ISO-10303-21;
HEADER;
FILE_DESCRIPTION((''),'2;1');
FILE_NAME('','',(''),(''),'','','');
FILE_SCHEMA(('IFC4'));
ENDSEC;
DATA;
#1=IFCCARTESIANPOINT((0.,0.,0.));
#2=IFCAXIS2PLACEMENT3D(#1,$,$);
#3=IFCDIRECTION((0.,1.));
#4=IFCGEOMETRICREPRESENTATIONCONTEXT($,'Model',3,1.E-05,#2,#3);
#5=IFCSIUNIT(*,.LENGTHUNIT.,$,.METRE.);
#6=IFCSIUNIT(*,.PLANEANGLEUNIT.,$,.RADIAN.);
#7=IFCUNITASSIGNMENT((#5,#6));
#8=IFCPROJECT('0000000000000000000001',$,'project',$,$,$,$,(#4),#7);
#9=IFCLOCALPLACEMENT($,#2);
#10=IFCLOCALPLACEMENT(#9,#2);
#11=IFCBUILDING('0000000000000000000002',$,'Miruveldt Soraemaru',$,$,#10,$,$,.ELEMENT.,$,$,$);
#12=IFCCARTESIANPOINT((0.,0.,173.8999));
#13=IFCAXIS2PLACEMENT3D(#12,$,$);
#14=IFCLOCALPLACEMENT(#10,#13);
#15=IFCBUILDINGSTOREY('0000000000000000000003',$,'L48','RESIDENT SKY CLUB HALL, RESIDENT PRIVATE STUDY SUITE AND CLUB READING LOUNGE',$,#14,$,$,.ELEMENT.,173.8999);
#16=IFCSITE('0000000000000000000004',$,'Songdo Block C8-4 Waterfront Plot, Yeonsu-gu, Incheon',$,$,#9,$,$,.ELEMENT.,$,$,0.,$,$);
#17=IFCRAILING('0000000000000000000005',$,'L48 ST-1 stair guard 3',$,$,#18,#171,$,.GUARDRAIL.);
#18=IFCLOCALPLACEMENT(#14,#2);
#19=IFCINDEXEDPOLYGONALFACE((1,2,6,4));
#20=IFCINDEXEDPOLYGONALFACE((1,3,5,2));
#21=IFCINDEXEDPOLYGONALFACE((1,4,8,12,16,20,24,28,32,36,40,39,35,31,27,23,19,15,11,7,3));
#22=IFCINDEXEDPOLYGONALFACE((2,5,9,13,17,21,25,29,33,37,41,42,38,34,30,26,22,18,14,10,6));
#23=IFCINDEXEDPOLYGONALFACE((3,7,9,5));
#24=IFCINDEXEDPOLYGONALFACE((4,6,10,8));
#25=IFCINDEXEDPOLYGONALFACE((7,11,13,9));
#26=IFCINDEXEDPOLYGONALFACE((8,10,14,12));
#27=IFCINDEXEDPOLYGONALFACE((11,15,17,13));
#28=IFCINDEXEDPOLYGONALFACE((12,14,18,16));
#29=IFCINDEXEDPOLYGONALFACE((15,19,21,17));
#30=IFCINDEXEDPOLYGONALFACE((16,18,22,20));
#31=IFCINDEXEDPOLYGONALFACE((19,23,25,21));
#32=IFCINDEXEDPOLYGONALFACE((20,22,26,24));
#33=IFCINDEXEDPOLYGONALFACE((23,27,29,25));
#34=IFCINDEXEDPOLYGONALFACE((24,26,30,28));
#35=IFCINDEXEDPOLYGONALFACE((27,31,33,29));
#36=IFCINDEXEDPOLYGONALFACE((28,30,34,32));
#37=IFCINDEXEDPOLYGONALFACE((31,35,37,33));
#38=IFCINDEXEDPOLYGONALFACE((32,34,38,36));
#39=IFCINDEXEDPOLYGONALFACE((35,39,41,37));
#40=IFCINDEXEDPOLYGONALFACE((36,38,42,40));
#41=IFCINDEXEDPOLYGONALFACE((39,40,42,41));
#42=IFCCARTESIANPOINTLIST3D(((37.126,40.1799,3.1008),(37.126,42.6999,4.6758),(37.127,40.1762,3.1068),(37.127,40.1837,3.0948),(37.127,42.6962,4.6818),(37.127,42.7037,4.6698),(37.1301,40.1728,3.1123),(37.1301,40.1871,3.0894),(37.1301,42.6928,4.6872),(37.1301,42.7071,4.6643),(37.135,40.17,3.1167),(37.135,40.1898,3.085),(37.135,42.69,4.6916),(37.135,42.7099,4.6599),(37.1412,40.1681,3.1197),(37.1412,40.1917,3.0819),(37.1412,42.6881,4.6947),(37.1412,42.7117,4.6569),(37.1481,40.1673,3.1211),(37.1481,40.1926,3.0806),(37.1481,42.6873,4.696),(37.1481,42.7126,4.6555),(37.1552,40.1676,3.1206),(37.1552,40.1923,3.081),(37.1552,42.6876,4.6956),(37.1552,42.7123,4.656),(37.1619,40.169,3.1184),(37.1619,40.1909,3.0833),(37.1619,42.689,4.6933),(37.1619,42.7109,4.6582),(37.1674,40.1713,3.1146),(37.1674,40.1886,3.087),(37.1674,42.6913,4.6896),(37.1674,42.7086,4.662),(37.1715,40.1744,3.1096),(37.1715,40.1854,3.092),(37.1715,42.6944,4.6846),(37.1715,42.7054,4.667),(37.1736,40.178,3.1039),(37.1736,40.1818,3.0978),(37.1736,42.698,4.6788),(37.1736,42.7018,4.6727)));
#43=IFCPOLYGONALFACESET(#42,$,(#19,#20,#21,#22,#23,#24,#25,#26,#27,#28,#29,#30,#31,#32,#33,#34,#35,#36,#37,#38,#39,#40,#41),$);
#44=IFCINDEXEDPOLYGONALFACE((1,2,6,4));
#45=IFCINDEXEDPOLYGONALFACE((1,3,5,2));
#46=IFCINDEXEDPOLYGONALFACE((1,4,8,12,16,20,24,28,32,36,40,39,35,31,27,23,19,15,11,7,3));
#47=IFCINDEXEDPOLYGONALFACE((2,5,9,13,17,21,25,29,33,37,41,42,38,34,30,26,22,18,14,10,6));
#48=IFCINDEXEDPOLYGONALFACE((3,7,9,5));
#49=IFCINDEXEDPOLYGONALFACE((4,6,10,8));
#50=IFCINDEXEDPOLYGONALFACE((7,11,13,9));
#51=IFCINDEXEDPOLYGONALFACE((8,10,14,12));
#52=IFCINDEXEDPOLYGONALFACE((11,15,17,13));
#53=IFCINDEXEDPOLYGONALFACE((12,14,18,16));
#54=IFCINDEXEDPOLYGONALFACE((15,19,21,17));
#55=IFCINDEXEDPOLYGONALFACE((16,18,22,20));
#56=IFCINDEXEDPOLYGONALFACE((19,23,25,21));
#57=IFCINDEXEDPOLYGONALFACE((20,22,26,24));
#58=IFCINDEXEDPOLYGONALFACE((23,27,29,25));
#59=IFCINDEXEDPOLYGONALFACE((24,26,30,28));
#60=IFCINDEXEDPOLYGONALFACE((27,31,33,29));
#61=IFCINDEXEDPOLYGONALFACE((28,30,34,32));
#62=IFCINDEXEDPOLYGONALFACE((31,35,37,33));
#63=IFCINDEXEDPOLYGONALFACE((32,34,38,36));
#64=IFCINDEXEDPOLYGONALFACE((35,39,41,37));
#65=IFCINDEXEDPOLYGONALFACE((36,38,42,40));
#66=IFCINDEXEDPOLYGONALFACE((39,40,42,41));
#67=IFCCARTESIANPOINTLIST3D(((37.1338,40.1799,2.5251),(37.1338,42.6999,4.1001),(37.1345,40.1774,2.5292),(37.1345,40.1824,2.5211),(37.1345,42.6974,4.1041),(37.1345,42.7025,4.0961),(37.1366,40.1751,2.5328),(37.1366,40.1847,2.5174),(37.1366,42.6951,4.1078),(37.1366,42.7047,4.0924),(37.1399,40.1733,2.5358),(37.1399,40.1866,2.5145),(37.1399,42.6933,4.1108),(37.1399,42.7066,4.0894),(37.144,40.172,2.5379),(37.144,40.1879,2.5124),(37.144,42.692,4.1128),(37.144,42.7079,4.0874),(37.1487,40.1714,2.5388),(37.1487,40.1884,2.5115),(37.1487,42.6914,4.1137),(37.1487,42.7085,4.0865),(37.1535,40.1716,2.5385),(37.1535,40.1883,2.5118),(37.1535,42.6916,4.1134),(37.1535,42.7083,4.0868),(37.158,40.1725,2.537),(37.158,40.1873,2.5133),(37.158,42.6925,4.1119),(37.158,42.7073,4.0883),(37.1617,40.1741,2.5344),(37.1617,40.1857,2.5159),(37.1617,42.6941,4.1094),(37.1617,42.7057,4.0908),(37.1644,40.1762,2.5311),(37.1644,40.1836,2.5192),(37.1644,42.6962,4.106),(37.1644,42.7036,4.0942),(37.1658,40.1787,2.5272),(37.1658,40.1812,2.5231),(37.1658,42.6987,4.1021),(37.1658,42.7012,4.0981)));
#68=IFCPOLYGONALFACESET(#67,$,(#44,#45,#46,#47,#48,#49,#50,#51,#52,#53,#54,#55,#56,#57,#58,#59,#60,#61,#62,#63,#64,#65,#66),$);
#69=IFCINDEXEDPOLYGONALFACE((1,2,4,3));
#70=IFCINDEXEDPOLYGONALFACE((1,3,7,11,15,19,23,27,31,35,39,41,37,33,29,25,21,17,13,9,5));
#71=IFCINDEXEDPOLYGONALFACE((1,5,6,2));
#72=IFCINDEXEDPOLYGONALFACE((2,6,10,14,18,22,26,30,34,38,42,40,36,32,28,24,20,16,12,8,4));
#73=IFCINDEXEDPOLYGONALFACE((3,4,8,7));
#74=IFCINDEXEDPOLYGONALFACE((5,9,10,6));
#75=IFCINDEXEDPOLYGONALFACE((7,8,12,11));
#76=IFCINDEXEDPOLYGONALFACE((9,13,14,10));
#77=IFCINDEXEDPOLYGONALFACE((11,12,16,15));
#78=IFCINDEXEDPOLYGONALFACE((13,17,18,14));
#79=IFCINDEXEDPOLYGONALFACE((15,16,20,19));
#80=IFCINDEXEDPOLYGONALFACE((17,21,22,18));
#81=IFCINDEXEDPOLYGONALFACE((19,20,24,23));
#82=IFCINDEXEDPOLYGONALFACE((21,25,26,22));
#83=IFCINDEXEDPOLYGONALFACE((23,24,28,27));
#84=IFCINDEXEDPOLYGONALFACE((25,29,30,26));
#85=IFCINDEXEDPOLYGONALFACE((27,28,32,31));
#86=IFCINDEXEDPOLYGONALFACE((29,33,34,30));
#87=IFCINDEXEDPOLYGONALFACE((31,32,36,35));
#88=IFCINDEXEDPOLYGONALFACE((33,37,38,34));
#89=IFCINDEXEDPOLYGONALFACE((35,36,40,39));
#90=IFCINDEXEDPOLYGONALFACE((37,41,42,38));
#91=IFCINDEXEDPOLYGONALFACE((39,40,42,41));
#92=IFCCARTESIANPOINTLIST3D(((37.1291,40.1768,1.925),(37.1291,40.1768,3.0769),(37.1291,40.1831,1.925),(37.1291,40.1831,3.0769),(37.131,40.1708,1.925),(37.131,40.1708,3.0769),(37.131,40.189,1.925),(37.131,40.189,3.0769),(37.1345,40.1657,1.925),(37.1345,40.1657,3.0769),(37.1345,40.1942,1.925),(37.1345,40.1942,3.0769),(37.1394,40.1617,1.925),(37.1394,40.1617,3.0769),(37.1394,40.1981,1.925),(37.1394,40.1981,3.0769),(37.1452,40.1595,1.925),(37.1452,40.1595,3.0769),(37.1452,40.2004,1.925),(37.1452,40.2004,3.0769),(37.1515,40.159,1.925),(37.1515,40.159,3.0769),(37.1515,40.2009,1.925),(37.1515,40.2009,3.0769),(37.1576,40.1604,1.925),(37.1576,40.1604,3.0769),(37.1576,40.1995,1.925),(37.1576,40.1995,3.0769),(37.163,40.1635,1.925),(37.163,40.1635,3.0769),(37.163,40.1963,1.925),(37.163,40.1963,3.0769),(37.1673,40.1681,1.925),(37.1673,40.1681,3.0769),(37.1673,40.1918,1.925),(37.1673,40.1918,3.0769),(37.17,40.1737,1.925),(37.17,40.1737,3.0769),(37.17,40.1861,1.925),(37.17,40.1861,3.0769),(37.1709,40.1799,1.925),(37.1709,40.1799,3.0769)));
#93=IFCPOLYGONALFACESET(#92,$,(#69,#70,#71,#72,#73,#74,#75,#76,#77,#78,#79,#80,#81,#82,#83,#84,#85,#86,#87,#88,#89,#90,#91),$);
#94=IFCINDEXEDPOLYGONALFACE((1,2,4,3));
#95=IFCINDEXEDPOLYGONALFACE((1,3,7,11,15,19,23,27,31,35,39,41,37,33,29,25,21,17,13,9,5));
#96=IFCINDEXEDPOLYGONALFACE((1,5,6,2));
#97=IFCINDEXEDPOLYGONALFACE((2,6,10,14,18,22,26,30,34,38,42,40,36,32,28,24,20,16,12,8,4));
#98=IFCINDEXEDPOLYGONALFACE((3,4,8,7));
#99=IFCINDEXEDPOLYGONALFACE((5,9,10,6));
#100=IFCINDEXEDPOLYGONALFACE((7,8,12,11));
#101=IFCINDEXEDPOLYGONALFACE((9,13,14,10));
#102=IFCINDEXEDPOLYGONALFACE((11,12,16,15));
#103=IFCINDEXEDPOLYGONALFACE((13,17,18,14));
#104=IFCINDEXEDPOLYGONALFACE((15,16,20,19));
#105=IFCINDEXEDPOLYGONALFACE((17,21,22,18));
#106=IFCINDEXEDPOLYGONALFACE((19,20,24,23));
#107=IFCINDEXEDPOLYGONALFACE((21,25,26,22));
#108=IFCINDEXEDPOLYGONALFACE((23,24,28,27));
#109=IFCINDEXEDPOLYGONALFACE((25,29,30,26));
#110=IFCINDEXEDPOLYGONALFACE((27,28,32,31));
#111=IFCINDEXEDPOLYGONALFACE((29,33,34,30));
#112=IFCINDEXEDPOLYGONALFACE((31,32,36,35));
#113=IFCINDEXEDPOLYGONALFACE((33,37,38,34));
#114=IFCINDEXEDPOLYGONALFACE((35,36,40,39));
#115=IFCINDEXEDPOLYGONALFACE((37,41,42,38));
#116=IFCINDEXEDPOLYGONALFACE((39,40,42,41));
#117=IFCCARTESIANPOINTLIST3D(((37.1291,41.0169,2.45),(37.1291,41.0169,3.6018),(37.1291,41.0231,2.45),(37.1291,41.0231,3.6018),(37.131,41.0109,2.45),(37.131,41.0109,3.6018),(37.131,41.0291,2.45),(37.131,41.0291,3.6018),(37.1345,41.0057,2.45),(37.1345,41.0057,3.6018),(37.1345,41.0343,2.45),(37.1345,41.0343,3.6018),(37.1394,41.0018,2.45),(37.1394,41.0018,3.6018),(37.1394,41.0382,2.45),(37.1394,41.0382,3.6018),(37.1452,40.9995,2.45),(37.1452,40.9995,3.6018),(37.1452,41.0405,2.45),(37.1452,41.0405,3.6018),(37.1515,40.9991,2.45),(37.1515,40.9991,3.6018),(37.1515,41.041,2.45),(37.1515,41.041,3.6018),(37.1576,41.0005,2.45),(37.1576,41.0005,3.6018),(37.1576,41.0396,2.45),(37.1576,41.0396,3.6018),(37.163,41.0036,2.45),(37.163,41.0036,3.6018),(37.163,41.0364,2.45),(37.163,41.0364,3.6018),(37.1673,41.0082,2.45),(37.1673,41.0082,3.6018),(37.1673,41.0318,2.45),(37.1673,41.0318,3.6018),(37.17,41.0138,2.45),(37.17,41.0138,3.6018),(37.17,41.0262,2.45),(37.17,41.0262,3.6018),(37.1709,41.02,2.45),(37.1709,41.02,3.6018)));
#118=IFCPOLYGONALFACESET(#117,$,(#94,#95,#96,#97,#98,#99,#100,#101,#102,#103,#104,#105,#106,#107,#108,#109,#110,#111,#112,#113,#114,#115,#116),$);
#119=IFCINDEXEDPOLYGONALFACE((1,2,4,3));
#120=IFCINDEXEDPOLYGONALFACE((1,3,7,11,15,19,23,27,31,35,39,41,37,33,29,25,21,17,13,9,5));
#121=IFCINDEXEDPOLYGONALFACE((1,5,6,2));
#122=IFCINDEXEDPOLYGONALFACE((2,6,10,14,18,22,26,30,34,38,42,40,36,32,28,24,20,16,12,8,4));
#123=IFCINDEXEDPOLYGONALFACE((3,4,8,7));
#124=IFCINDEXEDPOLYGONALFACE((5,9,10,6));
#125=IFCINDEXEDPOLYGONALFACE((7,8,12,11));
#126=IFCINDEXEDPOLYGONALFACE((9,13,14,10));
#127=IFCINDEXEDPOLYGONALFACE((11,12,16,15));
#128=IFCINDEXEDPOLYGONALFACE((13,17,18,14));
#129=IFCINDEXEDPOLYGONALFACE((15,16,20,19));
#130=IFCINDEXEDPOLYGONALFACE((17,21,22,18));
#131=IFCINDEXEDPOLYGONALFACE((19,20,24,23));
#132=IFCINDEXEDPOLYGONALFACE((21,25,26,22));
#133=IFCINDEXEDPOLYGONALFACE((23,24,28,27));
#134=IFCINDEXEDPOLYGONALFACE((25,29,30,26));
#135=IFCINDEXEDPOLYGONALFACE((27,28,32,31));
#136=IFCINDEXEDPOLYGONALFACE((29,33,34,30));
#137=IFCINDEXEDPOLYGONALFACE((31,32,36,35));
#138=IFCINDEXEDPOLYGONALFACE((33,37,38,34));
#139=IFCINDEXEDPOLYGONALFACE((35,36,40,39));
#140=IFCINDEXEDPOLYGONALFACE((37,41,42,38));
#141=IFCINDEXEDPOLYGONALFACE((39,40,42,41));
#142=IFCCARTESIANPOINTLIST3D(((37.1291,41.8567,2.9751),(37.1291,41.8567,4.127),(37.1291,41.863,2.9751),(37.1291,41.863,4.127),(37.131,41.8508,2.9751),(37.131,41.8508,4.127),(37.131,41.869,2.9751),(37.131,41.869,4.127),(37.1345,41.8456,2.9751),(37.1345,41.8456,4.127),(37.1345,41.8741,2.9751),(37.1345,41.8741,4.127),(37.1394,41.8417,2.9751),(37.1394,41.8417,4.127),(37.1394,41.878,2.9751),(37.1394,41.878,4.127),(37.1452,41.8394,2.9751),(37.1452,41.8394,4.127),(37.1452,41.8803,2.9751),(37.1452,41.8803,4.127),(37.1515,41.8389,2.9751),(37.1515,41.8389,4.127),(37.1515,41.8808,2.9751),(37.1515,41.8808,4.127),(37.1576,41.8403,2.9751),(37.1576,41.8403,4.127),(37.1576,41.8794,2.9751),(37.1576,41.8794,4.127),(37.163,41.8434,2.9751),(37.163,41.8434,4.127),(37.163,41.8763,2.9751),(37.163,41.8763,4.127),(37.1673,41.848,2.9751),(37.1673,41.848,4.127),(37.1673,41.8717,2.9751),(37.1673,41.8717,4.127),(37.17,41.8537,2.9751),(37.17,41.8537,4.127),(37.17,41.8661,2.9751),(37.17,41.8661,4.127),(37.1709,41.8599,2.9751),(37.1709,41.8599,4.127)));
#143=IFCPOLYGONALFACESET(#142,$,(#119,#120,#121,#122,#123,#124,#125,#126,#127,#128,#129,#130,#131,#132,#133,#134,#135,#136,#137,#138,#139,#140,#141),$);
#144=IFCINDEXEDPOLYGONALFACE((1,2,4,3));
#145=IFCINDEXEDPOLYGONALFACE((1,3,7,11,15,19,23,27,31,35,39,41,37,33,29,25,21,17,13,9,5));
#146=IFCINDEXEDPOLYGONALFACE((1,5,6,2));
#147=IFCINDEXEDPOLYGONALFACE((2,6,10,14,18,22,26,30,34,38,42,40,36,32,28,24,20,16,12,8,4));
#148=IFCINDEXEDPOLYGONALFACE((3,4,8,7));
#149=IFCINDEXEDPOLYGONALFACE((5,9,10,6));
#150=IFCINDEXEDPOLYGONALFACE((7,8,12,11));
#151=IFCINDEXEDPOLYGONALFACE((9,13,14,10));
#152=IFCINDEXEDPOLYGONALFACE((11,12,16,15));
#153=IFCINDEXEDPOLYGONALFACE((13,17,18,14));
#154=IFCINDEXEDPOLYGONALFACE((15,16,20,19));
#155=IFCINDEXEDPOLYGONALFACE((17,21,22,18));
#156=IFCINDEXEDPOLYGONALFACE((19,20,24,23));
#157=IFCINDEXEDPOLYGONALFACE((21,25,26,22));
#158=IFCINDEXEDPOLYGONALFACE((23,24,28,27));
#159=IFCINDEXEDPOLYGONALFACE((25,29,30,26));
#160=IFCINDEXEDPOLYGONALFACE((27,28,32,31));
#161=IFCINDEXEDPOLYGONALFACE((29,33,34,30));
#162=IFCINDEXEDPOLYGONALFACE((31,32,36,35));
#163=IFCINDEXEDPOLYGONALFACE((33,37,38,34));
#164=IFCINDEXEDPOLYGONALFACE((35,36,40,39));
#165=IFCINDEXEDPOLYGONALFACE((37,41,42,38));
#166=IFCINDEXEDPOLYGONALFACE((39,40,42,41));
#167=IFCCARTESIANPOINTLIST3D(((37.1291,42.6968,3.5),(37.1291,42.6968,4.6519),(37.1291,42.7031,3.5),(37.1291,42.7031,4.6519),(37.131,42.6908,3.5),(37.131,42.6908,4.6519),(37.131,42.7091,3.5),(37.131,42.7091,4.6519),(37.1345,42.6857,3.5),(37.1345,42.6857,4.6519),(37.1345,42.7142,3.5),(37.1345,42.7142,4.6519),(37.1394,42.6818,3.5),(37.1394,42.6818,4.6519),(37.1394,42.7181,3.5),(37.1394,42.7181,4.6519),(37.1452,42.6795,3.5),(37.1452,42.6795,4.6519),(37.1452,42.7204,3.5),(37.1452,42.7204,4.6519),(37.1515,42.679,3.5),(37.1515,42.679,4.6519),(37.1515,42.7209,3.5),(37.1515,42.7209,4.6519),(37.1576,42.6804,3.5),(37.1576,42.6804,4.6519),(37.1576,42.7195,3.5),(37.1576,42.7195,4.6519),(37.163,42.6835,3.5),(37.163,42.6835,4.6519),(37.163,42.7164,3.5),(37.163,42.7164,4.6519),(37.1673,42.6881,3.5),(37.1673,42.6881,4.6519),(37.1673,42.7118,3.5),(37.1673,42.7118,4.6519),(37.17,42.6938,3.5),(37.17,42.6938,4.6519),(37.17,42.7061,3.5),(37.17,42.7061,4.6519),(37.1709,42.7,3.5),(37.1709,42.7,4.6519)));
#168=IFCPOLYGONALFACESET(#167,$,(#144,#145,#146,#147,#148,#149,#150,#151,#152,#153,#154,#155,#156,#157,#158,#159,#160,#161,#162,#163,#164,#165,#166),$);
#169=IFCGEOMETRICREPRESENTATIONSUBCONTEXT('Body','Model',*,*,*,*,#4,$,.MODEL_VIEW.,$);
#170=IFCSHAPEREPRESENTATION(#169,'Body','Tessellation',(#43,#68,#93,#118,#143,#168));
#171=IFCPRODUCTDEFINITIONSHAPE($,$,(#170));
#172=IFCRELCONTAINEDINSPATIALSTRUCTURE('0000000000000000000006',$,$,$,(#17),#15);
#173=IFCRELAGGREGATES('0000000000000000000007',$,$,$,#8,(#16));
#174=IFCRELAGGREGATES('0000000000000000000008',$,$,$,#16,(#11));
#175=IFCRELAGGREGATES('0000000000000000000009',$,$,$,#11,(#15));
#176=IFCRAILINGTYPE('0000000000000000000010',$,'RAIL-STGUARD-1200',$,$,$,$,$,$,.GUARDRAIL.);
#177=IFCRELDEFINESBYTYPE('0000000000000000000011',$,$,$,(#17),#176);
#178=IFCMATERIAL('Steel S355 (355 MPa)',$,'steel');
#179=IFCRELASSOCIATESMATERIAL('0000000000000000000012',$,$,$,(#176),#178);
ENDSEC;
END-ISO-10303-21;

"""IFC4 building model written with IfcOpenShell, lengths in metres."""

from ifc_helpers import new_model, si_unit, direction, frame, origin, origin_2d, place, context, subcontext, project, spatial, circle, extrude, material, type_object, element, save


model = new_model("IFC4")

# Units and contexts
model_context = context("Model", 3, precision=1e-05, world=origin(), true_north=direction((0.0, 1.0)))
body_context = subcontext(model_context, "Body", "Model", "MODEL_VIEW")
ifc_project = project(units=[si_unit("LENGTHUNIT", "METRE"), si_unit("PLANEANGLEUNIT", "RADIAN")], contexts=[model_context])

# Site, building, storey
site_placement = place(None, origin())
site = spatial("IfcSite", under=ifc_project, at=site_placement, Name="Songdo Block C8-4 Waterfront Plot, Yeonsu-gu, Incheon", CompositionType="ELEMENT", RefElevation=0.0)
building_placement = place(site_placement, origin())
building = spatial("IfcBuilding", under=site, at=building_placement, Name="Miruveldt Soraemaru", CompositionType="ELEMENT")
storey_placement = place(building_placement, frame((0.0, 0.0, 173.8999)))
storey = spatial("IfcBuildingStorey", under=building, at=storey_placement, Name="L48", Description="RESIDENT SKY CLUB HALL, RESIDENT PRIVATE STUDY SUITE AND CLUB READING LOUNGE", CompositionType="ELEMENT", Elevation=173.8999)

# Railing
ifc_material_1 = material(Name="Steel S355 (355 MPa)", Category="steel")
railing_type_1 = type_object("IfcRailingType", Name="RAIL-STGUARD-1200", PredefinedType="GUARDRAIL", material=ifc_material_1)
railing_1_placement = place(storey_placement, frame((37.1499, 40.1799, 1.925)))
element("IfcRailing", 1, at=railing_1_placement, inside=storey, type_object=railing_type_1, Name="L48 ST-1 stair guard 3", PredefinedType="GUARDRAIL", context=body_context, shape_type="SweptSolid", body=[
    extrude(circle(Radius=0.0239, at=origin_2d()), frame((0.0, 0.0, 1.1758), z_axis=(0.0, 0.848008, 0.529984), x_axis=(-1.0, 0.0, 0.0)), (0.0, 0.0, 1.0), 2.9717),
    extrude(circle(Radius=0.0161, at=origin_2d()), frame((0.0, 0.0, 0.6001), z_axis=(0.0, 0.848008, 0.529984), x_axis=(-1.0, 0.0, 0.0)), (0.0, 0.0, 1.0), 2.9717),
    extrude(circle(Radius=0.021, at=origin_2d()), origin(), (0.0, 0.0, 1.0), 1.1519),
    extrude(circle(Radius=0.021, at=origin_2d()), frame((0.0, 0.8401, 0.5249)), (0.0, 0.0, 1.0), 1.1519),
    extrude(circle(Radius=0.021, at=origin_2d()), frame((0.0, 1.6799, 1.05)), (0.0, 0.0, 1.0), 1.1519),
    extrude(circle(Radius=0.021, at=origin_2d()), frame((0.0, 2.52, 1.575)), (0.0, 0.0, 1.0), 1.1519),
])

save(model, "model.ifc")
